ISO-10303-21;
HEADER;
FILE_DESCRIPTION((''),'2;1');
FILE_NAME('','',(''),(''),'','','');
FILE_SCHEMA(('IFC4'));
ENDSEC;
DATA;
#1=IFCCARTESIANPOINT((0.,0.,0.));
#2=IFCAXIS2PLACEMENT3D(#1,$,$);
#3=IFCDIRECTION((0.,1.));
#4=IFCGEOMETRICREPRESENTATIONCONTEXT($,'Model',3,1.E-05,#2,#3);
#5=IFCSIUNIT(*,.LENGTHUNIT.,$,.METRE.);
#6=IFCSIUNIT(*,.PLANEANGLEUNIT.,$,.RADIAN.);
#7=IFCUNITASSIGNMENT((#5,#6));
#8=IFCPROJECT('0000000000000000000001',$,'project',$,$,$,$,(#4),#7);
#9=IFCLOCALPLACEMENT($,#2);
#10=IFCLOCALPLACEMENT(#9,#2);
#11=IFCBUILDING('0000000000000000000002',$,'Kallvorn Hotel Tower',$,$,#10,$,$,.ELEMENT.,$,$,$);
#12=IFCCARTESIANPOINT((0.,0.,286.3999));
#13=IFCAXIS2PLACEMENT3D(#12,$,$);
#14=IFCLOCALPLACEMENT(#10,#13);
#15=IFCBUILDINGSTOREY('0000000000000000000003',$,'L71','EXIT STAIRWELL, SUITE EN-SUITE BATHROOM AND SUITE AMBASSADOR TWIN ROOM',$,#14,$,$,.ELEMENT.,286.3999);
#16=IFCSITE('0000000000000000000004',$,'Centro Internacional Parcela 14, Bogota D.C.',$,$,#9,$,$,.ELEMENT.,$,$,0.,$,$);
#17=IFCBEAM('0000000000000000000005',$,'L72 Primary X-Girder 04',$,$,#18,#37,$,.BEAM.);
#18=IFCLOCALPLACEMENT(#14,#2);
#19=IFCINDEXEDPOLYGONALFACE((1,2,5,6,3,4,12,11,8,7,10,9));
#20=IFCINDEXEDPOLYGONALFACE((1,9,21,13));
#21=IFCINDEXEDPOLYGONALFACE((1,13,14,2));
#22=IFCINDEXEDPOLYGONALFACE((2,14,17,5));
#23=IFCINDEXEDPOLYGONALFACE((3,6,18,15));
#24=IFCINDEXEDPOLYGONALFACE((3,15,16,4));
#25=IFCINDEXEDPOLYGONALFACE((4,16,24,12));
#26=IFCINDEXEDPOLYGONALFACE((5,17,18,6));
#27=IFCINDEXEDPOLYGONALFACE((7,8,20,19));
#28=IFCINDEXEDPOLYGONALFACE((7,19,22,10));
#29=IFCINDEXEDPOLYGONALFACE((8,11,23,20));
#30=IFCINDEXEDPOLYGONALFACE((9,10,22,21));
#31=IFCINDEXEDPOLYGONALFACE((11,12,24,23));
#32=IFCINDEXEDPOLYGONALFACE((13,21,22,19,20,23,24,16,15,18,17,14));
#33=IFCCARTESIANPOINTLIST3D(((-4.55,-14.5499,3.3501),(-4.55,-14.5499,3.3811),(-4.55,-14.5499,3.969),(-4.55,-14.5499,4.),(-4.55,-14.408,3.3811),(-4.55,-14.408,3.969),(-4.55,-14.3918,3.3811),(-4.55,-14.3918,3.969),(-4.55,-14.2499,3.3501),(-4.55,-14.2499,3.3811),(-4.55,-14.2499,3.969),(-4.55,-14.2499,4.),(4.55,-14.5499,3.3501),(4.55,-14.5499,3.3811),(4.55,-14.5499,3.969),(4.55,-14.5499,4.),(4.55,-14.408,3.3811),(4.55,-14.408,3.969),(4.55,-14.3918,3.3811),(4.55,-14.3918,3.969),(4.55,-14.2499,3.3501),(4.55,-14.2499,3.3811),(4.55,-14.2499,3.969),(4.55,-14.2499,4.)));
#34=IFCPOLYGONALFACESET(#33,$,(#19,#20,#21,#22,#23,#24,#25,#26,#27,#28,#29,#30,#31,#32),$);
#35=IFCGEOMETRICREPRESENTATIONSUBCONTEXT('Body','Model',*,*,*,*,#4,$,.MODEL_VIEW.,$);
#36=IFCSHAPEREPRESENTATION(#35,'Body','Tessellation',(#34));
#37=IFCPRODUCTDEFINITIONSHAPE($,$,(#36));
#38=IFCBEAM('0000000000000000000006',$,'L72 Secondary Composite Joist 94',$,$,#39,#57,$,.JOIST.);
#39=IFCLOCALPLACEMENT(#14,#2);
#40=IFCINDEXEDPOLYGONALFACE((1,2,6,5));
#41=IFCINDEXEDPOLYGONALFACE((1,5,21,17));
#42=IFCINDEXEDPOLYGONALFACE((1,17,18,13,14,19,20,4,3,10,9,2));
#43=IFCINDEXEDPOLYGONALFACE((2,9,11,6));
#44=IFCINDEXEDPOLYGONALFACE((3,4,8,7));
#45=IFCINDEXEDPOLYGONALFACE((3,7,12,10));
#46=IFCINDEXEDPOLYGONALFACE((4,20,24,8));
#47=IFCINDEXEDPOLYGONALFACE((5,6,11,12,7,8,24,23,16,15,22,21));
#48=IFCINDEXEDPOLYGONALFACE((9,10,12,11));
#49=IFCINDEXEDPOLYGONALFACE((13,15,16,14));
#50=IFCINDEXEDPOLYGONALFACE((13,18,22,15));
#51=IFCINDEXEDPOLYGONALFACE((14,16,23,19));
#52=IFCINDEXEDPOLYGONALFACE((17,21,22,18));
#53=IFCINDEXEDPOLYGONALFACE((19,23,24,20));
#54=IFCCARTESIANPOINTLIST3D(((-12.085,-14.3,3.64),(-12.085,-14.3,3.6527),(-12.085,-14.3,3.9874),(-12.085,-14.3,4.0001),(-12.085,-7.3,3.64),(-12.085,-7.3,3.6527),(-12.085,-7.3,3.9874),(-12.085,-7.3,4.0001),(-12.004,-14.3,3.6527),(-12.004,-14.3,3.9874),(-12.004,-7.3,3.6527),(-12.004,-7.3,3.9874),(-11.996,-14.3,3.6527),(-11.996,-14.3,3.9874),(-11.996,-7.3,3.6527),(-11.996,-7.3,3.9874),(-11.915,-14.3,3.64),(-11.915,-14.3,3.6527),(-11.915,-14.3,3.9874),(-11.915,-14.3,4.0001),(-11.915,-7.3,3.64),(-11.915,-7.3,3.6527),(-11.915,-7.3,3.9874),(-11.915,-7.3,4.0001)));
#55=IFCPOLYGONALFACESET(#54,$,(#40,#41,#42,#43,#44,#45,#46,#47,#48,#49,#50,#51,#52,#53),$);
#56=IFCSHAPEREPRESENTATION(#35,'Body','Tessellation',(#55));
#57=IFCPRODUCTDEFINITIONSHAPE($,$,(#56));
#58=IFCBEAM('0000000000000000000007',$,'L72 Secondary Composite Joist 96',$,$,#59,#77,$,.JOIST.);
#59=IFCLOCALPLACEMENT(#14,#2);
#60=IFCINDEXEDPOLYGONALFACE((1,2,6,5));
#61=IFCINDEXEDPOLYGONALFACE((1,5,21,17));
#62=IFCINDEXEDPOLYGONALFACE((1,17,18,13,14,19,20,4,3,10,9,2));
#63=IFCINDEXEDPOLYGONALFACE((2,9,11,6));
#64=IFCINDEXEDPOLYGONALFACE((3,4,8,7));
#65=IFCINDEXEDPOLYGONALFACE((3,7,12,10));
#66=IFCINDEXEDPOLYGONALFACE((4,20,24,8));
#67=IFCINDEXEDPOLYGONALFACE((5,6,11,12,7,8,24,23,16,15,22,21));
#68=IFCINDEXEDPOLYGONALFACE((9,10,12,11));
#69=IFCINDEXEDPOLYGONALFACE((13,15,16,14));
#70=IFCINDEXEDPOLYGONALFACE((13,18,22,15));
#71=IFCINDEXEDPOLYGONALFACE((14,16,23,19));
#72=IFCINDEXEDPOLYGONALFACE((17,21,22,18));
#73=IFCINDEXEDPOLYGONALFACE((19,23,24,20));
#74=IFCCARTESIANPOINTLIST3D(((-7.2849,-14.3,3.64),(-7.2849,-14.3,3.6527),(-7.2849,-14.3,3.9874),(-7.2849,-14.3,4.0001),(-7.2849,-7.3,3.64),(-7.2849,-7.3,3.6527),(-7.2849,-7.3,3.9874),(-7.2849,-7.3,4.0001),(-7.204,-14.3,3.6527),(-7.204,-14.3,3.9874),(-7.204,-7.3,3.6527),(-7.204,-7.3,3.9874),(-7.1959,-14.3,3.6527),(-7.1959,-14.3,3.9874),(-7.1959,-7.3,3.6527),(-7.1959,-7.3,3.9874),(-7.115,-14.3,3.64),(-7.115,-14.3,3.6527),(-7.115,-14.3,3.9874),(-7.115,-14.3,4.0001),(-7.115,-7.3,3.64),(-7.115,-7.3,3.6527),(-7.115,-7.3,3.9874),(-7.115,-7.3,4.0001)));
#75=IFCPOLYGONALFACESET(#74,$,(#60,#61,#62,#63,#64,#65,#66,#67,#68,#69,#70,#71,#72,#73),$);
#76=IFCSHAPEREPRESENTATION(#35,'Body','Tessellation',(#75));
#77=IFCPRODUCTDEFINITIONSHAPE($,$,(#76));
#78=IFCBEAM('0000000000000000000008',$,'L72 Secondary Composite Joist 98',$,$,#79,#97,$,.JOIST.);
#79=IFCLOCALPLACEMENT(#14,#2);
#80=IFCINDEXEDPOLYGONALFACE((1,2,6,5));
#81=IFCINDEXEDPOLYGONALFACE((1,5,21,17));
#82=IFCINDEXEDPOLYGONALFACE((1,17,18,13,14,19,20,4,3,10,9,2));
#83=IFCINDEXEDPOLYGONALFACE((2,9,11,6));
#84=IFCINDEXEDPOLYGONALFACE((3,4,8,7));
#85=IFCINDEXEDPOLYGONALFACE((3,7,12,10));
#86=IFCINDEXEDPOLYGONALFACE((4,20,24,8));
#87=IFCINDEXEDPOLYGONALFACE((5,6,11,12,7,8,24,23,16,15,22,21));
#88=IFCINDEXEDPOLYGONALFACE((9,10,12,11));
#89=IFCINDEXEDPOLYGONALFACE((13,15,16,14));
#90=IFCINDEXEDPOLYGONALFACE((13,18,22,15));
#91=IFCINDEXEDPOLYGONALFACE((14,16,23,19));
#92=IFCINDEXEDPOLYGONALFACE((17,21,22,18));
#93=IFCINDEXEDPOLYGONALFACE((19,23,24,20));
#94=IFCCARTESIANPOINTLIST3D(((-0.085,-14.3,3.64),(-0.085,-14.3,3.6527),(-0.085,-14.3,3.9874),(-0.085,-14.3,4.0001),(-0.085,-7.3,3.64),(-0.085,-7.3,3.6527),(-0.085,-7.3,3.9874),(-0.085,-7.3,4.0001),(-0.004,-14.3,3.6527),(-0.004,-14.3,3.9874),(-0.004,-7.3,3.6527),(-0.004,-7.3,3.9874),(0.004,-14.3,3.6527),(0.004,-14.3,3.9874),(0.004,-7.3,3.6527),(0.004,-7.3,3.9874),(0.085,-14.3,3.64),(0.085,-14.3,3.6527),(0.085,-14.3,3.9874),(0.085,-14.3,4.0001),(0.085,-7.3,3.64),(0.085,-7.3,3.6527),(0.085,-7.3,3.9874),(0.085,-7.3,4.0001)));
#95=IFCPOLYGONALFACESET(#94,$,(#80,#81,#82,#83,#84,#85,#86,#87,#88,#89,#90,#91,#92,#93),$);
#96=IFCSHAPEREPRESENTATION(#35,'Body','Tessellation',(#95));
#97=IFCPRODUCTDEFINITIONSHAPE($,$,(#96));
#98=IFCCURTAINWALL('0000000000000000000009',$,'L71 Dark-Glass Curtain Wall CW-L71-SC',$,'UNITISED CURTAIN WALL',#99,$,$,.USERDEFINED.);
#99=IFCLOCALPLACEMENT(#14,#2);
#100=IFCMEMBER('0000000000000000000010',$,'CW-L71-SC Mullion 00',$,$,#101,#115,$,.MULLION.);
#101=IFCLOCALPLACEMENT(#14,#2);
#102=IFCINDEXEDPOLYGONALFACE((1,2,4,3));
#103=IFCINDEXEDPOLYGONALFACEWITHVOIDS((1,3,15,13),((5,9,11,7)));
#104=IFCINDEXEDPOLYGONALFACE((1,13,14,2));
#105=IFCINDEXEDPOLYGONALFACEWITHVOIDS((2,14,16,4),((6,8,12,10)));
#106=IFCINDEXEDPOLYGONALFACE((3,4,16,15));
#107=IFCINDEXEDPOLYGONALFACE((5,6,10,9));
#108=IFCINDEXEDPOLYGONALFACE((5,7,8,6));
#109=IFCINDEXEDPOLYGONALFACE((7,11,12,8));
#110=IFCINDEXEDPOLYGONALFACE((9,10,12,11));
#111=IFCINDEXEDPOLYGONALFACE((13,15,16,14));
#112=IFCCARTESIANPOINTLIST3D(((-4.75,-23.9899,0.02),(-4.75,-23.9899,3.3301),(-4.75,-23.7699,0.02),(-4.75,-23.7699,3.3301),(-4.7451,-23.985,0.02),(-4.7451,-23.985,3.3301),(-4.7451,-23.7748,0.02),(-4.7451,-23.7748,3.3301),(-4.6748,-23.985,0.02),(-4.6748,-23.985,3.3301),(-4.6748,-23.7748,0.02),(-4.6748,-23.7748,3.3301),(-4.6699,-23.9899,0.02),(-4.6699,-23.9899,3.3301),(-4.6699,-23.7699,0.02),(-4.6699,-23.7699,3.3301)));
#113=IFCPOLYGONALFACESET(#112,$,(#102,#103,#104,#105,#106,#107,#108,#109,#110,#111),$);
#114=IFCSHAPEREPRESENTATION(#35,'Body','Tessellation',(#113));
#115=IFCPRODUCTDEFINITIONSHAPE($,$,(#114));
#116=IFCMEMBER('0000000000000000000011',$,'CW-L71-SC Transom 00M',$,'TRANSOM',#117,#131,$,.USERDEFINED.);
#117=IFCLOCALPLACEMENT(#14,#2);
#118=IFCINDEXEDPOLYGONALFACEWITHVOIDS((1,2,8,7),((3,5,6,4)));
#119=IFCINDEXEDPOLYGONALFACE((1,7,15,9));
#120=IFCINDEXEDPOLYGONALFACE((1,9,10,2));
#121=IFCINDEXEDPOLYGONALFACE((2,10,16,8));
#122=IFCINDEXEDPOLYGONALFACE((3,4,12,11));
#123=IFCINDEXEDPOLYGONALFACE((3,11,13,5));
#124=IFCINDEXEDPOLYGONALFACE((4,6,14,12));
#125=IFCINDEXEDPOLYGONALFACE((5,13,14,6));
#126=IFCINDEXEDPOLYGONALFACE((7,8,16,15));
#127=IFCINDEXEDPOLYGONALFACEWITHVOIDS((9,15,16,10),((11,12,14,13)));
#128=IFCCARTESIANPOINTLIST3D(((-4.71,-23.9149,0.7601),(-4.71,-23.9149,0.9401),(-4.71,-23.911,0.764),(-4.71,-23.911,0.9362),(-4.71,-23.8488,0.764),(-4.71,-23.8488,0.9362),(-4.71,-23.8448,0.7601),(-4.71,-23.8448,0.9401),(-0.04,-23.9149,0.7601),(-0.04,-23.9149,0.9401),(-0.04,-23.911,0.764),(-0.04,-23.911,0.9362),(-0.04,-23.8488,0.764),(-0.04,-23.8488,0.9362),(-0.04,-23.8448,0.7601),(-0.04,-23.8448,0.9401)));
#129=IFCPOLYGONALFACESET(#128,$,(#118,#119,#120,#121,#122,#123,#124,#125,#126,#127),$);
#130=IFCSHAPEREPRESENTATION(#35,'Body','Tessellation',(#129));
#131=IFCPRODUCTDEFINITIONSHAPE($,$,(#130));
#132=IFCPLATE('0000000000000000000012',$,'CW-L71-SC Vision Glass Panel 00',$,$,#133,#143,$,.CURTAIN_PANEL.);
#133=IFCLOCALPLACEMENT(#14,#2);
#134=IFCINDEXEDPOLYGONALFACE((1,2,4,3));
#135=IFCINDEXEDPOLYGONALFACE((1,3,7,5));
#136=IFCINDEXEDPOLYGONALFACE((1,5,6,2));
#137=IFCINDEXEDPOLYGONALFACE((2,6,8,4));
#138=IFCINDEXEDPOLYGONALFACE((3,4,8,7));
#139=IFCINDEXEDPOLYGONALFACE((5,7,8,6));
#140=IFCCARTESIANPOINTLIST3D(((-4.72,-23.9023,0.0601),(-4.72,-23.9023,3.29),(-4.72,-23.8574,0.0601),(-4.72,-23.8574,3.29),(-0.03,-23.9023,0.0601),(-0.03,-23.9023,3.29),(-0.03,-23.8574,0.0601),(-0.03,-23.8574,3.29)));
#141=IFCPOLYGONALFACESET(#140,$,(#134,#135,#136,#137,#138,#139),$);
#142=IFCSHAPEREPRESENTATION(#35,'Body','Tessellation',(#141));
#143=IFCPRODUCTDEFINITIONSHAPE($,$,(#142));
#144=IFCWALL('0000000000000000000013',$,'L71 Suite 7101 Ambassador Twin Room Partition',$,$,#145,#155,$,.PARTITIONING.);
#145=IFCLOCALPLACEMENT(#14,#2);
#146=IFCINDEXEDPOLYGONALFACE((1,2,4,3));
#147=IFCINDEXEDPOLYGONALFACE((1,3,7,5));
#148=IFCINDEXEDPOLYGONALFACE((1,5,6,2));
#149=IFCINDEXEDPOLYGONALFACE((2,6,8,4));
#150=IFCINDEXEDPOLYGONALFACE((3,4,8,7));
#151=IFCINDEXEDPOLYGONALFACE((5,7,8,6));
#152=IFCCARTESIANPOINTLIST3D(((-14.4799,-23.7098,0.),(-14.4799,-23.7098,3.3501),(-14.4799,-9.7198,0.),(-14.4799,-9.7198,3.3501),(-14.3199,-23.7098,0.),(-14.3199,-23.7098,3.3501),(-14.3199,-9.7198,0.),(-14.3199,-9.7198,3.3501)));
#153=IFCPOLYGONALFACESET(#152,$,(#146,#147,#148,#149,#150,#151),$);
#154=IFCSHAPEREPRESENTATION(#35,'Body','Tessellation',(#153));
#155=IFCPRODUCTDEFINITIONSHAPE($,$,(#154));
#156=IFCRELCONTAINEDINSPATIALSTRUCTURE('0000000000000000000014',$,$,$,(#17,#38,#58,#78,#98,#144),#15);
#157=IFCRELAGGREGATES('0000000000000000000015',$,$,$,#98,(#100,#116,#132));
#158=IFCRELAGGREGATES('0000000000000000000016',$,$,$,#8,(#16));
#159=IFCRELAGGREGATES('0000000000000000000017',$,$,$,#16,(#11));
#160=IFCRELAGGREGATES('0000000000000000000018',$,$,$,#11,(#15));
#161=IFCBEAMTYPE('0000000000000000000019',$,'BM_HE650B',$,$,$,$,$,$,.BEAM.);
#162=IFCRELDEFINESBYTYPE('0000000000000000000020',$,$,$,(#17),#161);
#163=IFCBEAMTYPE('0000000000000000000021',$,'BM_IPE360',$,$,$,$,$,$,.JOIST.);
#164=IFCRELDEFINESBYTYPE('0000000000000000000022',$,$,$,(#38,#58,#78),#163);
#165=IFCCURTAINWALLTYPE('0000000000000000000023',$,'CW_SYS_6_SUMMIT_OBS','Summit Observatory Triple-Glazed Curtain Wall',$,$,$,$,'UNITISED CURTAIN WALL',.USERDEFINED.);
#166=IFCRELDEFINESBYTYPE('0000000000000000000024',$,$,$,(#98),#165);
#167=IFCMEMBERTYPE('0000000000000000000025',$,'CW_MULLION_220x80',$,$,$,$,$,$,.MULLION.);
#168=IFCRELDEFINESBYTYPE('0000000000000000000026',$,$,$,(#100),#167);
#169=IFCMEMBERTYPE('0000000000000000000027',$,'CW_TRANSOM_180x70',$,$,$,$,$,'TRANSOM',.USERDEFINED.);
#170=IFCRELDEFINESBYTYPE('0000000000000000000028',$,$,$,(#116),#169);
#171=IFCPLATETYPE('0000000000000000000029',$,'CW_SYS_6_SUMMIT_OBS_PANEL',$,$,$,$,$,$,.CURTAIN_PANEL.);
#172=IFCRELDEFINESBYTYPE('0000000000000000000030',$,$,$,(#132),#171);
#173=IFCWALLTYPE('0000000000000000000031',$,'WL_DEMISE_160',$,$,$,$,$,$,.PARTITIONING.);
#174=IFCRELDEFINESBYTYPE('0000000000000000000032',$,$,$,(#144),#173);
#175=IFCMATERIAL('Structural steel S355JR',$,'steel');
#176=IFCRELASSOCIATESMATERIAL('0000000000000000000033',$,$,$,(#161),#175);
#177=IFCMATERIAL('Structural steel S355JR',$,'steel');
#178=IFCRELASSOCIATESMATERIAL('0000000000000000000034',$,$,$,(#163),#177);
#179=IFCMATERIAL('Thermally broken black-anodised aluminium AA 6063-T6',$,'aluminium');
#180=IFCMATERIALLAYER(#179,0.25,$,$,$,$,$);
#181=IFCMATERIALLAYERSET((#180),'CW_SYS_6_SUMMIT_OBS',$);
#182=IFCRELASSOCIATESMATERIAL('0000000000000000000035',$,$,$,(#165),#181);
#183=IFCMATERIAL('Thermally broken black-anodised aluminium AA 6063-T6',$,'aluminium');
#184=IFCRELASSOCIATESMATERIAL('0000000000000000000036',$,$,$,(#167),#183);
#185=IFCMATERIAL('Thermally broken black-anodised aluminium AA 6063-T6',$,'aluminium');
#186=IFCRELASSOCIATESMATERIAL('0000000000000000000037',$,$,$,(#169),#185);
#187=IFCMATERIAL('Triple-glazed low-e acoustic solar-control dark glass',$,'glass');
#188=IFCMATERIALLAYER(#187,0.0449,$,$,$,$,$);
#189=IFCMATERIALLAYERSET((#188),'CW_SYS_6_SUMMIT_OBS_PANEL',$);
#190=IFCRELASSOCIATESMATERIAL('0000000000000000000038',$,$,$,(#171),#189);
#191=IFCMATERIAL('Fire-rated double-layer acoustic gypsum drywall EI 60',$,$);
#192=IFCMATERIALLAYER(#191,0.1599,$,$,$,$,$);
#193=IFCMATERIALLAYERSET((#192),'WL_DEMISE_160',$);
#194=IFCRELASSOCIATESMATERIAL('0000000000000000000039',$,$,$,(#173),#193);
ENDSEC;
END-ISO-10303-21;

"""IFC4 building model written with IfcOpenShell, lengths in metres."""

from ifc_helpers import new_model, si_unit, direction, frame, frame_2d, origin, origin_2d, place, context, subcontext, project, spatial, rectangle, hollow_rectangle, i_section, extrude, material, layer, layer_set, material_profile, profile_set, type_object, element, aggregate, save


model = new_model("IFC4")

# Units and contexts
model_context = context("Model", 3, precision=1e-05, world=origin(), true_north=direction((0.0, 1.0)))
body_context = subcontext(model_context, "Body", "Model", "MODEL_VIEW")
ifc_project = project(units=[si_unit("LENGTHUNIT", "METRE"), si_unit("PLANEANGLEUNIT", "RADIAN")], contexts=[model_context])

# Site, building, storey
site_placement = place(None, origin())
site = spatial("IfcSite", under=ifc_project, at=site_placement, Name="Centro Internacional Parcela 14, Bogota D.C.", CompositionType="ELEMENT", RefElevation=0.0)
building_placement = place(site_placement, origin())
building = spatial("IfcBuilding", under=site, at=building_placement, Name="Kallvorn Hotel Tower", CompositionType="ELEMENT")
storey_placement = place(building_placement, frame((0.0, 0.0, 286.3999)))
storey = spatial("IfcBuildingStorey", under=building, at=storey_placement, Name="L71", Description="EXIT STAIRWELL, SUITE EN-SUITE BATHROOM AND SUITE AMBASSADOR TWIN ROOM", CompositionType="ELEMENT", Elevation=286.3999)

# Beams
ifc_material_1 = material(Name="Structural steel S355JR", Category="steel")
ifc_material_profile_1 = material_profile(ifc_material_1, i_section(OverallWidth=0.3, OverallDepth=0.6499, WebThickness=0.0161, FlangeThickness=0.031, at=origin_2d()), Name="HE 650 B")
ifc_profile_set_1 = profile_set([ifc_material_profile_1], Name="Structural steel S355JR")
beam_type_1 = type_object("IfcBeamType", Name="BM_HE650B", PredefinedType="BEAM", material=ifc_profile_set_1)
beam_1_placement = place(storey_placement, frame((-4.55, -14.3999, 3.675), z_axis=(1.0, 0.0, 0.0), x_axis=(0.0, 1.0, 0.0)))
element("IfcBeam", 1, at=beam_1_placement, inside=storey, type_object=beam_type_1, Name="L72 Primary X-Girder 04", PredefinedType="BEAM", context=body_context, shape_type="SweptSolid", body=[
    extrude(i_section(OverallWidth=0.3, OverallDepth=0.6499, WebThickness=0.0161, FlangeThickness=0.031, at=origin_2d()), origin(), (0.0, 0.0, 1.0), 9.1001),
])
ifc_material_2 = material(Name="Structural steel S355JR", Category="steel")
ifc_material_profile_2 = material_profile(ifc_material_2, i_section(OverallWidth=0.1699, OverallDepth=0.3601, WebThickness=0.0081, FlangeThickness=0.0127, at=origin_2d()), Name="IPE 360")
ifc_profile_set_2 = profile_set([ifc_material_profile_2], Name="Structural steel S355JR")
beam_type_2 = type_object("IfcBeamType", Name="BM_IPE360", PredefinedType="JOIST", material=ifc_profile_set_2)
for number, where, z_axis, x_axis, name in (
    (2, (-12.0, -14.3, 3.8201), (0.0, 1.0, 0.0), (-1.0, 0.0, 0.0), "L72 Secondary Composite Joist 94"),
    (3, (-7.2, -14.3, 3.8201), (0.0, 1.0, 0.0), (-1.0, 0.0, 0.0), "L72 Secondary Composite Joist 96"),
    (4, (0.0, -14.3, 3.8201), (0.0, 1.0, 0.0), (-1.0, 0.0, 0.0), "L72 Secondary Composite Joist 98"),
):
    element("IfcBeam", number, at=place(storey_placement, frame(where, z_axis=z_axis, x_axis=x_axis)), inside=storey, type_object=beam_type_2, Name=name, PredefinedType="JOIST", context=body_context, shape_type="SweptSolid", body=[
        extrude(i_section(OverallWidth=0.1699, OverallDepth=0.3601, WebThickness=0.0081, FlangeThickness=0.0127, at=origin_2d()), origin(), (0.0, 0.0, 1.0), 7.0),
    ])

# Curtain wall, members, plate
ifc_material_3 = material(Name="Thermally broken black-anodised aluminium AA 6063-T6", Category="aluminium")
ifc_layer_1 = layer(ifc_material_3, 0.25)
ifc_layer_set_1 = layer_set([ifc_layer_1], Name="CW_SYS_6_SUMMIT_OBS")
curtain_wall_type = type_object("IfcCurtainWallType", Name="CW_SYS_6_SUMMIT_OBS", Description="Summit Observatory Triple-Glazed Curtain Wall", ElementType="UNITISED CURTAIN WALL", PredefinedType="USERDEFINED", material=ifc_layer_set_1)
curtain_wall_placement = place(storey_placement, origin())
curtain_wall = element("IfcCurtainWall", 5, at=curtain_wall_placement, inside=storey, type_object=curtain_wall_type, Name="L71 Dark-Glass Curtain Wall CW-L71-SC", ObjectType="UNITISED CURTAIN WALL", PredefinedType="USERDEFINED")
ifc_material_4 = material(Name="Thermally broken black-anodised aluminium AA 6063-T6", Category="aluminium")
ifc_material_profile_3 = material_profile(ifc_material_4, hollow_rectangle(XDim=0.0801, YDim=0.22, WallThickness=0.0049, at=origin_2d()), Name="MUL 220x80")
ifc_profile_set_3 = profile_set([ifc_material_profile_3], Name="Thermally broken black-anodised aluminium AA 6063-T6")
member_type_1 = type_object("IfcMemberType", Name="CW_MULLION_220x80", PredefinedType="MULLION", material=ifc_profile_set_3)
member_1_placement = place(storey_placement, frame((-4.71, -23.8799, 0.02), z_axis=(0.0, 0.0, 1.0), x_axis=(1.0, 0.0, 0.0)))
member_1 = element("IfcMember", 6, at=member_1_placement, type_object=member_type_1, Name="CW-L71-SC Mullion 00", PredefinedType="MULLION", context=body_context, shape_type="SweptSolid", body=[
    extrude(hollow_rectangle(XDim=0.0801, YDim=0.22, WallThickness=0.0049, at=origin_2d()), origin(), (0.0, 0.0, 1.0), 3.3101),
])
ifc_material_5 = material(Name="Thermally broken black-anodised aluminium AA 6063-T6", Category="aluminium")
ifc_material_profile_4 = material_profile(ifc_material_5, hollow_rectangle(XDim=0.0701, YDim=0.1799, WallThickness=0.0039, at=origin_2d()), Name="TRN 180x70")
ifc_profile_set_4 = profile_set([ifc_material_profile_4], Name="Thermally broken black-anodised aluminium AA 6063-T6")
member_type_2 = type_object("IfcMemberType", Name="CW_TRANSOM_180x70", ElementType="TRANSOM", PredefinedType="USERDEFINED", material=ifc_profile_set_4)
member_2_placement = place(storey_placement, frame((-4.71, -23.8799, 0.8501), z_axis=(1.0, 0.0, 0.0), x_axis=(0.0, 1.0, 0.0)))
member_2 = element("IfcMember", 7, at=member_2_placement, type_object=member_type_2, Name="CW-L71-SC Transom 00M", ObjectType="TRANSOM", PredefinedType="USERDEFINED", context=body_context, shape_type="SweptSolid", body=[
    extrude(hollow_rectangle(XDim=0.0701, YDim=0.1799, WallThickness=0.0039, at=origin_2d()), origin(), (0.0, 0.0, 1.0), 4.6699),
])
ifc_material_6 = material(Name="Triple-glazed low-e acoustic solar-control dark glass", Category="glass")
ifc_layer_2 = layer(ifc_material_6, 0.0449)
ifc_layer_set_2 = layer_set([ifc_layer_2], Name="CW_SYS_6_SUMMIT_OBS_PANEL")
plate_type = type_object("IfcPlateType", Name="CW_SYS_6_SUMMIT_OBS_PANEL", PredefinedType="CURTAIN_PANEL", material=ifc_layer_set_2)
plate_placement = place(storey_placement, frame((-2.375, -23.8799, 0.0601), z_axis=(0.0, 0.0, 1.0), x_axis=(1.0, 0.0, 0.0)))
plate = element("IfcPlate", 8, at=plate_placement, type_object=plate_type, Name="CW-L71-SC Vision Glass Panel 00", PredefinedType="CURTAIN_PANEL", context=body_context, shape_type="SweptSolid", body=[
    extrude(rectangle(XDim=4.6899, YDim=0.0449, at=origin_2d()), origin(), (0.0, 0.0, 1.0), 3.23),
])
aggregate(curtain_wall, [member_1, member_2, plate])

# Wall
ifc_material_7 = material(Name="Fire-rated double-layer acoustic gypsum drywall EI 60")
ifc_layer_3 = layer(ifc_material_7, 0.1599)
ifc_layer_set_3 = layer_set([ifc_layer_3], Name="WL_DEMISE_160")
wall_type = type_object("IfcWallType", Name="WL_DEMISE_160", PredefinedType="PARTITIONING", material=ifc_layer_set_3)
wall_placement = place(storey_placement, frame((-14.3999, -23.71, 0.0), z_axis=(0.0, 0.0, 1.0), x_axis=(0.0, 1.0, 0.0)))
element("IfcWall", 9, at=wall_placement, inside=storey, type_object=wall_type, Name="L71 Suite 7101 Ambassador Twin Room Partition", PredefinedType="PARTITIONING", context=body_context, shape_type="SweptSolid", body=[
    extrude(rectangle(XDim=13.99, YDim=0.1599, at=frame_2d((6.9951, 0.0))), origin(), (0.0, 0.0, 1.0), 3.3501),
])

save(model, "model.ifc")
